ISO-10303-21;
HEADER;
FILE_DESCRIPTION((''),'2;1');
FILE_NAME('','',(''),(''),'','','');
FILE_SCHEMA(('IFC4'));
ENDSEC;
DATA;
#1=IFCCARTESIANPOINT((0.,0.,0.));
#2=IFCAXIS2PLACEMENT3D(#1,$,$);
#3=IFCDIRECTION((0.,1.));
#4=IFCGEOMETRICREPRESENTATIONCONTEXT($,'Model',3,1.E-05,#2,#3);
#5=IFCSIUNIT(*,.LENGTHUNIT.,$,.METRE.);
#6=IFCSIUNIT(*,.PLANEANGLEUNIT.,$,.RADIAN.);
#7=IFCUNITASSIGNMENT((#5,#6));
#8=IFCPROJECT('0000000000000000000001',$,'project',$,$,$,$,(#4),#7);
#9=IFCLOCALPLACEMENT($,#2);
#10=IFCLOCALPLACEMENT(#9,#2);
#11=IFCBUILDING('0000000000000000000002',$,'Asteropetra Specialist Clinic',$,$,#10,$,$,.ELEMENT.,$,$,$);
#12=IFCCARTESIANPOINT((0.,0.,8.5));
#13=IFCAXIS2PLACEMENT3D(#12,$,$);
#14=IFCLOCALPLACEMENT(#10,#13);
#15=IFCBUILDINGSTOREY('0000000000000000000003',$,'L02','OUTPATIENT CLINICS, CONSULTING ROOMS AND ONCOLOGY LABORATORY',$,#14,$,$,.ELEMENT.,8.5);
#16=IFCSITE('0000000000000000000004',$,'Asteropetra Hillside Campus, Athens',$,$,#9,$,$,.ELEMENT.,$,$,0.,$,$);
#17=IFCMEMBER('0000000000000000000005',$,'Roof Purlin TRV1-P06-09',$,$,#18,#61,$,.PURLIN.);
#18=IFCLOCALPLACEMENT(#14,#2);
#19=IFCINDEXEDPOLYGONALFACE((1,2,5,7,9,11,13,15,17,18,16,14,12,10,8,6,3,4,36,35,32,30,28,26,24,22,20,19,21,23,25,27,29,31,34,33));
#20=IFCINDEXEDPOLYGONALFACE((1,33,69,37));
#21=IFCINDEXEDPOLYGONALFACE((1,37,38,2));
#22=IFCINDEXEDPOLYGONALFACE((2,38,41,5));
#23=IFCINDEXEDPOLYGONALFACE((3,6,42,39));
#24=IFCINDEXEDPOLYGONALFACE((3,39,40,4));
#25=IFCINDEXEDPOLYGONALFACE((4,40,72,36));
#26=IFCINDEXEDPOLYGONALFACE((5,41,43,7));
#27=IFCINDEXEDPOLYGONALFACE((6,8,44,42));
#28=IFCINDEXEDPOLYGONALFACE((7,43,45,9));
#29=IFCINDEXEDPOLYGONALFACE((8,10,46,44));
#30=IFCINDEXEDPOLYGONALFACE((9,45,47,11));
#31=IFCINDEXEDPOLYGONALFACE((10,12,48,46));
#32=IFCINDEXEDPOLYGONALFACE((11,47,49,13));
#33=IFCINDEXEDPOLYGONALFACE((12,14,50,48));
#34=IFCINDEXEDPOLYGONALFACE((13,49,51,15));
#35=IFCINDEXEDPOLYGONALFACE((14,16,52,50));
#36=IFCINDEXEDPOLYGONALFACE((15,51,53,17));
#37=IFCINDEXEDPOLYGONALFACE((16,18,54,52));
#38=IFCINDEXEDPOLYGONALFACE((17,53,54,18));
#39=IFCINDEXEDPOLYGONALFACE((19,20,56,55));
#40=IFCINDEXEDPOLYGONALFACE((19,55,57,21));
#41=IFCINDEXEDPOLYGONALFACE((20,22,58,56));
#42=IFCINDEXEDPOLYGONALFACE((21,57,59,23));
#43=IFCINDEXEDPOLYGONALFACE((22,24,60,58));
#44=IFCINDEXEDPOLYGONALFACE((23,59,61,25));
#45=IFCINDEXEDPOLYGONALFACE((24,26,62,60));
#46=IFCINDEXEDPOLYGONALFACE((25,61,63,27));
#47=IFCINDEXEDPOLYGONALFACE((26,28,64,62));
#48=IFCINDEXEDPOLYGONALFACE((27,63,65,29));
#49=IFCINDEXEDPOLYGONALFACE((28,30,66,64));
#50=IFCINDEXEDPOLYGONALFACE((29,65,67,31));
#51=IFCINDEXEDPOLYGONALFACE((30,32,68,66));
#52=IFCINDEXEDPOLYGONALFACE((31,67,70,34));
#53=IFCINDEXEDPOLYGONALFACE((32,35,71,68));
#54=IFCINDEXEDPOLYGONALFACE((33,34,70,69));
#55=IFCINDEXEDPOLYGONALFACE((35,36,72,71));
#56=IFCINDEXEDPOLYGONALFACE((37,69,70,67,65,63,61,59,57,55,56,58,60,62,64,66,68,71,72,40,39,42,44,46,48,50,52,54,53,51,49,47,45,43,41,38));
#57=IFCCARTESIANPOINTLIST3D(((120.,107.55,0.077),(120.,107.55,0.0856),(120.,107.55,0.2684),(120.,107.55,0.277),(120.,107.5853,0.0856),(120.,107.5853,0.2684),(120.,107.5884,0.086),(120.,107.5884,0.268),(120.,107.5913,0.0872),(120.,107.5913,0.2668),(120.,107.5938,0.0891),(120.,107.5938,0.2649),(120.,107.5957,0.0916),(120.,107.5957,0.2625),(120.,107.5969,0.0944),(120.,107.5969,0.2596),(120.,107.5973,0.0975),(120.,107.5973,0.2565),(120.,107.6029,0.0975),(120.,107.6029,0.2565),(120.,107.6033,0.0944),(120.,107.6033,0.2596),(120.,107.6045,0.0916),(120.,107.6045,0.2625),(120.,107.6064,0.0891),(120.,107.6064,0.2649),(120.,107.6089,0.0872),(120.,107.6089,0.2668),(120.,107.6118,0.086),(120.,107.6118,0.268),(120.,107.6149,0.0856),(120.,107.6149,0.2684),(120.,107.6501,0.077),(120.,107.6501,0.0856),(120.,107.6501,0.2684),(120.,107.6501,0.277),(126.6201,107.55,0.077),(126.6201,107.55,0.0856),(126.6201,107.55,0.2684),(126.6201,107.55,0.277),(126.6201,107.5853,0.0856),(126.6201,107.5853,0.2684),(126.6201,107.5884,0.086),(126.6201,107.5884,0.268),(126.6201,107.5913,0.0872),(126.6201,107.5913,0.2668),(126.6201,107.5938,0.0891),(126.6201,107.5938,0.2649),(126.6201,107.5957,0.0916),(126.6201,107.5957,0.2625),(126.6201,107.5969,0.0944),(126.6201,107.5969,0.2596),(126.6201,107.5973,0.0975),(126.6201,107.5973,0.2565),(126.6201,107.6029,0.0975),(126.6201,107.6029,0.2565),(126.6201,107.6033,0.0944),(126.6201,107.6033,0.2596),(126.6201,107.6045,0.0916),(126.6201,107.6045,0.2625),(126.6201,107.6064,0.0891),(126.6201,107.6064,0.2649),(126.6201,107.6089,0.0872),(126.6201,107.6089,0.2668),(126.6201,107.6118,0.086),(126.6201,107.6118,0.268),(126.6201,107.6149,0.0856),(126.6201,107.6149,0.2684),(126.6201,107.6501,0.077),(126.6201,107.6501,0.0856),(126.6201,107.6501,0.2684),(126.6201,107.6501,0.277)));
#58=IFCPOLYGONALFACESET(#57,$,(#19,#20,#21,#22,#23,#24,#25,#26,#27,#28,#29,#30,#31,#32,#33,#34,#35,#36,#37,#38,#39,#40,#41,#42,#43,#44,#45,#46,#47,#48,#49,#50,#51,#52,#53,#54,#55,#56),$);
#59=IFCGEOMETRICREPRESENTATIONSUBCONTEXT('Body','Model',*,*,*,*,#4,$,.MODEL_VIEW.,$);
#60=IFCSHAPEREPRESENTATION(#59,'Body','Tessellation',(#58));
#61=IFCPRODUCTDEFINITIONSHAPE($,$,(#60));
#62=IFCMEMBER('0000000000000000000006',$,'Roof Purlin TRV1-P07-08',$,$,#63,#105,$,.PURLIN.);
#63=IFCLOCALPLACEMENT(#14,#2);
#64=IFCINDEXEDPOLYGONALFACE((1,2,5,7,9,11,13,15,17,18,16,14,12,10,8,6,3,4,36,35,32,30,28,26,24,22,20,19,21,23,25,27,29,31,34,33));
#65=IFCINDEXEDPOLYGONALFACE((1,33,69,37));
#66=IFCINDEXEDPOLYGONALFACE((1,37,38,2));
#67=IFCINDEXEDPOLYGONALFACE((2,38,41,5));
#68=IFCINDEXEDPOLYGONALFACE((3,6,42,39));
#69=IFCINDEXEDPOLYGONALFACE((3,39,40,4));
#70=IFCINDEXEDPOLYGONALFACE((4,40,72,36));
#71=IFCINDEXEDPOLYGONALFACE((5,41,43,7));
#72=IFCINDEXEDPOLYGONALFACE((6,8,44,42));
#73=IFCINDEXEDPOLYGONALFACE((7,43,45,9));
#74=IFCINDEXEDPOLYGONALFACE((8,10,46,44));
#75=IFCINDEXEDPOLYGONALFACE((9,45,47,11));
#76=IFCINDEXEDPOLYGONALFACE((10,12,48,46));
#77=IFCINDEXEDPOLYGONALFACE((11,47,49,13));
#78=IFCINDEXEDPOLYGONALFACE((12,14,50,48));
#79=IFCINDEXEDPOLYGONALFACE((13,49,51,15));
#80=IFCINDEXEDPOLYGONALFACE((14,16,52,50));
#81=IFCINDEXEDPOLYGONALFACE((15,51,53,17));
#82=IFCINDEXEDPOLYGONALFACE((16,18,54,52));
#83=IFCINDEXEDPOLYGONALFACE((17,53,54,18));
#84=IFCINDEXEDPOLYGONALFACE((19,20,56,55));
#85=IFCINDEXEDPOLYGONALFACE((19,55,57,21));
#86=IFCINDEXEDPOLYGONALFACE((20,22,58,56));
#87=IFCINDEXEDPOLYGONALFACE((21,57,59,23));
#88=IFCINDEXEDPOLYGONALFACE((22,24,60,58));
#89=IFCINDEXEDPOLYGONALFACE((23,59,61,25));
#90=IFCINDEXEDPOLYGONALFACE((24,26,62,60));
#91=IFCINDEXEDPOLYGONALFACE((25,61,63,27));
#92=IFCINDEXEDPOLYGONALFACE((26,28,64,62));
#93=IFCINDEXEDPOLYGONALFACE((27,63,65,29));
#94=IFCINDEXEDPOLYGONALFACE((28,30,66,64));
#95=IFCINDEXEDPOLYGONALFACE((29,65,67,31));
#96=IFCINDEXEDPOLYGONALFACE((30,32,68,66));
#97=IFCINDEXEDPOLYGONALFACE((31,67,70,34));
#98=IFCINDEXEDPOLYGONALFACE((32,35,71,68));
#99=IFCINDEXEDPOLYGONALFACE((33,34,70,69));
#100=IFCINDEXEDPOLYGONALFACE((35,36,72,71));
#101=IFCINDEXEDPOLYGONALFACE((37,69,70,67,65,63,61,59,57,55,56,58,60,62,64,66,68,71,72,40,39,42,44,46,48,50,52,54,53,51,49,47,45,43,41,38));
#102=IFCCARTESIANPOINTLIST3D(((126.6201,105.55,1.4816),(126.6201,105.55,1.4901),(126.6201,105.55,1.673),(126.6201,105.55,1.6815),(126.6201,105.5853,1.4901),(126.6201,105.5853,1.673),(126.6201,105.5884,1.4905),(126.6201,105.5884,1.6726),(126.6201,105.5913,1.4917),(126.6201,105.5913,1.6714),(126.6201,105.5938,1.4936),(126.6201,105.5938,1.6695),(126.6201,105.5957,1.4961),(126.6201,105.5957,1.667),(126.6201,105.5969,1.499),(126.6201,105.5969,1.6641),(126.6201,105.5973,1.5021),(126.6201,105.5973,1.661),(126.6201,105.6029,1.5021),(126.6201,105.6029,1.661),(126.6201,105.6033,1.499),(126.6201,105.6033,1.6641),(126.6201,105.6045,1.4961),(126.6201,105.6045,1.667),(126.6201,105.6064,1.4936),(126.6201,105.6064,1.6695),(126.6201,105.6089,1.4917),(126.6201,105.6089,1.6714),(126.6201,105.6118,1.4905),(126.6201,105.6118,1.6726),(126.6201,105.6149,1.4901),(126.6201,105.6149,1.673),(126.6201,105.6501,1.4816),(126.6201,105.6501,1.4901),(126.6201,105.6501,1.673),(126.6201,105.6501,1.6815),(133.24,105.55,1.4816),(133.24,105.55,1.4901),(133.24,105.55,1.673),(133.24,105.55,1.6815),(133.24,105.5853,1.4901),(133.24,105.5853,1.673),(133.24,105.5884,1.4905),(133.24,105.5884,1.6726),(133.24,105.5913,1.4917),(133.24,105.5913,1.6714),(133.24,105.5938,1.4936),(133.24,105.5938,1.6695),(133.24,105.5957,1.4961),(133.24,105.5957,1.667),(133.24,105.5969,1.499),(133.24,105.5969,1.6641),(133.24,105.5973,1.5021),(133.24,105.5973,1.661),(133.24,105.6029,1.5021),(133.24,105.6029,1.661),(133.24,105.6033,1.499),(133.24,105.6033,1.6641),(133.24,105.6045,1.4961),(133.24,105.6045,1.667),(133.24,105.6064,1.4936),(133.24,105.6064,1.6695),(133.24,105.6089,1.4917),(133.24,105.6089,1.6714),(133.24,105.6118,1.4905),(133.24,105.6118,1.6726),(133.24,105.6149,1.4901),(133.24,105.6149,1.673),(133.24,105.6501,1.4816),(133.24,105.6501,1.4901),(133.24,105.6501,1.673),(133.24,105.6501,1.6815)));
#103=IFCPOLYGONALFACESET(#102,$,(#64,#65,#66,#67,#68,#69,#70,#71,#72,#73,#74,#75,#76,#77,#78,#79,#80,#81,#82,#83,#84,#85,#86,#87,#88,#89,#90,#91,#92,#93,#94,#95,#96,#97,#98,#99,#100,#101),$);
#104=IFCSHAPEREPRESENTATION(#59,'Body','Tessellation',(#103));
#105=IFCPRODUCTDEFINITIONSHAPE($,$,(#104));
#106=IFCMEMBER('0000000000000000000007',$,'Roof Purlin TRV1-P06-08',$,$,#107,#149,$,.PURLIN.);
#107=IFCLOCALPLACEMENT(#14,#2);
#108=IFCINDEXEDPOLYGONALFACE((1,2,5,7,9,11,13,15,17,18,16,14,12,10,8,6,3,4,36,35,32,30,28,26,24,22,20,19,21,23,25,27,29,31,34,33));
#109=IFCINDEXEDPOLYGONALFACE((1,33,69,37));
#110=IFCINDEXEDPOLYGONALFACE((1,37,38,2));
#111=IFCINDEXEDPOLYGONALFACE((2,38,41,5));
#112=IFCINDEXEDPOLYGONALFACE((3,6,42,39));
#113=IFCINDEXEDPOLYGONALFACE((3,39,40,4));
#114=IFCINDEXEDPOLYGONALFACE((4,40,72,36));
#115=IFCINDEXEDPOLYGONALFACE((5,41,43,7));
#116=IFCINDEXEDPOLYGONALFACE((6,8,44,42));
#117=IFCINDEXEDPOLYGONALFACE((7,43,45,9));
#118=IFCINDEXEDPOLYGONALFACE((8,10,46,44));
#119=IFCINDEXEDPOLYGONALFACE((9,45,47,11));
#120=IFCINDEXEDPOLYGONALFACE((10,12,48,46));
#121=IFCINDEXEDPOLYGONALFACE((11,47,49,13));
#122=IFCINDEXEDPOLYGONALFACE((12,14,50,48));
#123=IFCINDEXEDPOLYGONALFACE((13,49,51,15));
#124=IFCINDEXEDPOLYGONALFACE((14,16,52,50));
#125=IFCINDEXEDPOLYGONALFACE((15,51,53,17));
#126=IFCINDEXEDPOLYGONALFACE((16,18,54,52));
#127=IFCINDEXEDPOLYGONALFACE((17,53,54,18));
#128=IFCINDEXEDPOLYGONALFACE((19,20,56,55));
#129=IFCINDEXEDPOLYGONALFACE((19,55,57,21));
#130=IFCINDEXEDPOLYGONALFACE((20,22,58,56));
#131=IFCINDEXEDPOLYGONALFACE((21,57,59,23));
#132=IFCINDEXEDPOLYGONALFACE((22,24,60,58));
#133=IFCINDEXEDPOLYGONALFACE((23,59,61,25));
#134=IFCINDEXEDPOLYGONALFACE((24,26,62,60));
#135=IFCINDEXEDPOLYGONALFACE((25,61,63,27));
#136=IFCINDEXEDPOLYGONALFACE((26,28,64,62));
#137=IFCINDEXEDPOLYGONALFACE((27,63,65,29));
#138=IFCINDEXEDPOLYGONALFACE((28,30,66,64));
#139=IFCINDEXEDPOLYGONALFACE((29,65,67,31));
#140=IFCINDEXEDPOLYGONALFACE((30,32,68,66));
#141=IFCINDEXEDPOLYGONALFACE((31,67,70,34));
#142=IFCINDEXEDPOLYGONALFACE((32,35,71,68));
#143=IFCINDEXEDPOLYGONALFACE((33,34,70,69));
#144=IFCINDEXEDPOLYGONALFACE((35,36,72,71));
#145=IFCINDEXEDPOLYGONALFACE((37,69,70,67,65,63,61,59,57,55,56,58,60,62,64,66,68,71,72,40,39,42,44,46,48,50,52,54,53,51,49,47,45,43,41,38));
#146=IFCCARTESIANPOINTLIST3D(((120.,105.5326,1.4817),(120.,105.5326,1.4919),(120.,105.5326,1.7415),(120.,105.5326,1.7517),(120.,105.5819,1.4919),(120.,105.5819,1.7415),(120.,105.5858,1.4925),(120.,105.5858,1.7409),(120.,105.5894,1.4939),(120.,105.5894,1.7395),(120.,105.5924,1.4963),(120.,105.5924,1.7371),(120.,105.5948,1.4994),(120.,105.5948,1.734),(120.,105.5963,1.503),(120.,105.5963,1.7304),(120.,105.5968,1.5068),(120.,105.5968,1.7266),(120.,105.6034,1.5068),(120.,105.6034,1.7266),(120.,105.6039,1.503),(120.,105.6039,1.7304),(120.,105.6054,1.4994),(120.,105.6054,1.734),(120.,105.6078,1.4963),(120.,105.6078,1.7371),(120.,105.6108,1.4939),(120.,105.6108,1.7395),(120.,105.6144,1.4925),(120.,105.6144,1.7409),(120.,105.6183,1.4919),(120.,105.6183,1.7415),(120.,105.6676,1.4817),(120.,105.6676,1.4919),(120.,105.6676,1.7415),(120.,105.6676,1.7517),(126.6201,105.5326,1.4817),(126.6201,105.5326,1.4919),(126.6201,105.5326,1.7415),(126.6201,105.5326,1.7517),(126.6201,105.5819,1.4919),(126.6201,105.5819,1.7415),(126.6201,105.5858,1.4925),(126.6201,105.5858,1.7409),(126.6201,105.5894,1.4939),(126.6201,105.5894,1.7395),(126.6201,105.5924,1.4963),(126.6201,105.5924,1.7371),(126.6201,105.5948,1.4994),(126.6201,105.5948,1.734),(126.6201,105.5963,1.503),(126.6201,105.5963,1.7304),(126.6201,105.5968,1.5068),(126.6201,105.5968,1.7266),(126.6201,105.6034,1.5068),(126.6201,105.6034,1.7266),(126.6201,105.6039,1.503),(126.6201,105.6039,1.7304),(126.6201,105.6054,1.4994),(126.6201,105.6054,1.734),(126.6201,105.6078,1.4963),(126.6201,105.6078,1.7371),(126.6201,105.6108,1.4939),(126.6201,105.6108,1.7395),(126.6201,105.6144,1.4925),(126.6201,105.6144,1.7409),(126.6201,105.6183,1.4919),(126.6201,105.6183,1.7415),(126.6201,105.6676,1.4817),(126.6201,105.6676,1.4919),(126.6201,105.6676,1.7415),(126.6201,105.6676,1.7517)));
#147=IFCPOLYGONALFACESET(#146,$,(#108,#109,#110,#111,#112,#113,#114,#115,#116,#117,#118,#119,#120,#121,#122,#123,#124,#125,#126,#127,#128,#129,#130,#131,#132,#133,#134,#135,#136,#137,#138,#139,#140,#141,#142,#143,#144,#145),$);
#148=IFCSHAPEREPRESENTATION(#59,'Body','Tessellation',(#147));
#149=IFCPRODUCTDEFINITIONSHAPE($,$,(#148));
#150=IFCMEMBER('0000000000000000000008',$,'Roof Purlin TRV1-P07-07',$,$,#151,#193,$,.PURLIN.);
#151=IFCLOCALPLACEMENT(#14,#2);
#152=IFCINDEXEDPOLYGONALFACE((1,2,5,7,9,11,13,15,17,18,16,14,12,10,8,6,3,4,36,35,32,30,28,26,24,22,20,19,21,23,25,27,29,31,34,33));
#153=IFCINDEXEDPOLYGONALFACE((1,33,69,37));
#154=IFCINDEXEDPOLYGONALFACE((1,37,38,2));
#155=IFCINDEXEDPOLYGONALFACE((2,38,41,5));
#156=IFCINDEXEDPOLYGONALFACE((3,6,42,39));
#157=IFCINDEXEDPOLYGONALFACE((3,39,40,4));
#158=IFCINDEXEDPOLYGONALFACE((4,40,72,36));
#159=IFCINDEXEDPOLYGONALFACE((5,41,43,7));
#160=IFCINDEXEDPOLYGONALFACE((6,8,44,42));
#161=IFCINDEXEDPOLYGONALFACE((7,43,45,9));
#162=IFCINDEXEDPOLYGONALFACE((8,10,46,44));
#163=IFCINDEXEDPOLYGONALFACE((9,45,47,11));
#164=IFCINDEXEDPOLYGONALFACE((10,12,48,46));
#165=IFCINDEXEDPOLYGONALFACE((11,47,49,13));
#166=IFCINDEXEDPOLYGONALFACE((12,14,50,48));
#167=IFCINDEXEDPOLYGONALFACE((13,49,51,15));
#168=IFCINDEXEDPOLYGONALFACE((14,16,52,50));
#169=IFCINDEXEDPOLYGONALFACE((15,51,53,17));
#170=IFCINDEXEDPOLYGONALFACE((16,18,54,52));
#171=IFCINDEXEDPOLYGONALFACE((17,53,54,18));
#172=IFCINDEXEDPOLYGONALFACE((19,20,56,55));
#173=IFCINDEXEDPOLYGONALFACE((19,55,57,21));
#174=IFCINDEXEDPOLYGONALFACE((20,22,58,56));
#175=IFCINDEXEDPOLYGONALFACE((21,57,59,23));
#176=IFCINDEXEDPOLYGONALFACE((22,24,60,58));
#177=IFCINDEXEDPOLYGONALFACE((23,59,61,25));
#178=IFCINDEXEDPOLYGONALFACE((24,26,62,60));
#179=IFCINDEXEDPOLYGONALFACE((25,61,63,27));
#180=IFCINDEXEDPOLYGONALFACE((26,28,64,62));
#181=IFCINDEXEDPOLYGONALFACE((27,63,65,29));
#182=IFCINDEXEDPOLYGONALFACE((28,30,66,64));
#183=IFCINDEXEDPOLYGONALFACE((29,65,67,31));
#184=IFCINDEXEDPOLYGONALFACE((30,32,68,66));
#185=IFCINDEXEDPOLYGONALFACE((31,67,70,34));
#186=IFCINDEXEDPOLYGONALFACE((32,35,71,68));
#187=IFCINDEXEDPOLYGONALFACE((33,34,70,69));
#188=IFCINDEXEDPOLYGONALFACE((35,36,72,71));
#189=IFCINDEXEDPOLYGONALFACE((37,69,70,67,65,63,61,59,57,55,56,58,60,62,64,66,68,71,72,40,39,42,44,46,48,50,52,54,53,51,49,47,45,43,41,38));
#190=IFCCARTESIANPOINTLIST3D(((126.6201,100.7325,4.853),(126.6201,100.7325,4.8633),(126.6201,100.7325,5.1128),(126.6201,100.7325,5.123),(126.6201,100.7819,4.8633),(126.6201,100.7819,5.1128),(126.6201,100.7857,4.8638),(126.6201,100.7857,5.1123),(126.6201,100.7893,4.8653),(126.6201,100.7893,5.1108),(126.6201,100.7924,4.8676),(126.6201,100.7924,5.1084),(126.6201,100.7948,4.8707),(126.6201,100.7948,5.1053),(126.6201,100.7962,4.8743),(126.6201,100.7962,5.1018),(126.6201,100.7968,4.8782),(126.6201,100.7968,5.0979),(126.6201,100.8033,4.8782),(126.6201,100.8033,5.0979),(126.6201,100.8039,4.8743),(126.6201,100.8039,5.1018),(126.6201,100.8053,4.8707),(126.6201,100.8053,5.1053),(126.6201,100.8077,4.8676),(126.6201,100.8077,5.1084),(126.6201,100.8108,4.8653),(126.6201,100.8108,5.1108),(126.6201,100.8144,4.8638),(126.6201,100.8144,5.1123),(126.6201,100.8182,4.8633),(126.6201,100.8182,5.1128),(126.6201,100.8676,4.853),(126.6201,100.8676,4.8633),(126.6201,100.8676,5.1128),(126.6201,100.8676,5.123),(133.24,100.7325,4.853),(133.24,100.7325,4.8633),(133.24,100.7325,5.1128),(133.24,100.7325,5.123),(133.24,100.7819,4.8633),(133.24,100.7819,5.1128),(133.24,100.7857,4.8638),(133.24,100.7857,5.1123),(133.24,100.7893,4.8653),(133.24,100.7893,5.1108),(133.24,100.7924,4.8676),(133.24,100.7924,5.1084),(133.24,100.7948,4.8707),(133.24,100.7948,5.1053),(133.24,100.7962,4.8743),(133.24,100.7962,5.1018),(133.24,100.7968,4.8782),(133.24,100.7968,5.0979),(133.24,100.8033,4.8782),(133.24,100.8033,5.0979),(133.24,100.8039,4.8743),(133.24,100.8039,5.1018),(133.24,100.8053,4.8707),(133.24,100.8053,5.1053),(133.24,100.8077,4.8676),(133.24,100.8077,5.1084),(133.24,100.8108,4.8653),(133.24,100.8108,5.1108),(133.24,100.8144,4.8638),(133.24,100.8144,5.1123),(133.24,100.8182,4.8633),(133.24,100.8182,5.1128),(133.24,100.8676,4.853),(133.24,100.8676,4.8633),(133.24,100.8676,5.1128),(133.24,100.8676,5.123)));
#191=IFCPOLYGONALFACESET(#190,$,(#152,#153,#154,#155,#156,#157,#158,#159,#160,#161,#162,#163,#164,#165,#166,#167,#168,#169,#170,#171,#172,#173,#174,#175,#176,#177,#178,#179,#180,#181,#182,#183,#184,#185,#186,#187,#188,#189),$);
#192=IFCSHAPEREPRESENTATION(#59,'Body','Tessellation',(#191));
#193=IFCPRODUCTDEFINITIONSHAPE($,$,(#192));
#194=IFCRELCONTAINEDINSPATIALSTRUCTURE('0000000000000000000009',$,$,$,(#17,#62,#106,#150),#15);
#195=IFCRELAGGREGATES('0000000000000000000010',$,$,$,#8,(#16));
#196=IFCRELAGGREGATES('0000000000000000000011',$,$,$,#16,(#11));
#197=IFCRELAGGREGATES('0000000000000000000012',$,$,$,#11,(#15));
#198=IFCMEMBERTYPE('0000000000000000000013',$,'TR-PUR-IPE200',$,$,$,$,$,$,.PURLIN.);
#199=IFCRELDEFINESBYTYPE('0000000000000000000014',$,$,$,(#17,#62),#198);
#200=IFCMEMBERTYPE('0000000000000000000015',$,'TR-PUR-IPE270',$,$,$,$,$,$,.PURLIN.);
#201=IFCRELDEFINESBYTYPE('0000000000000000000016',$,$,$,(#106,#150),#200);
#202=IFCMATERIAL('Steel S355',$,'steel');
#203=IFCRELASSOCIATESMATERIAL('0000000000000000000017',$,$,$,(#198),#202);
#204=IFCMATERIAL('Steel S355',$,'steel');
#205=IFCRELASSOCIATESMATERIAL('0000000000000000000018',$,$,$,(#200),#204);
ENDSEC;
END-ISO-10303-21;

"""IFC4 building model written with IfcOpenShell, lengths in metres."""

from ifc_helpers import new_model, si_unit, direction, frame, origin, origin_2d, place, context, subcontext, project, spatial, i_section, extrude, material, material_profile, profile_set, type_object, element, save


model = new_model("IFC4")

# Units and contexts
model_context = context("Model", 3, precision=1e-05, world=origin(), true_north=direction((0.0, 1.0)))
body_context = subcontext(model_context, "Body", "Model", "MODEL_VIEW")
ifc_project = project(units=[si_unit("LENGTHUNIT", "METRE"), si_unit("PLANEANGLEUNIT", "RADIAN")], contexts=[model_context])

# Site, building, storey
site_placement = place(None, origin())
site = spatial("IfcSite", under=ifc_project, at=site_placement, Name="Asteropetra Hillside Campus, Athens", CompositionType="ELEMENT", RefElevation=0.0)
building_placement = place(site_placement, origin())
building = spatial("IfcBuilding", under=site, at=building_placement, Name="Asteropetra Specialist Clinic", CompositionType="ELEMENT")
storey_placement = place(building_placement, frame((0.0, 0.0, 8.5)))
storey = spatial("IfcBuildingStorey", under=building, at=storey_placement, Name="L02", Description="OUTPATIENT CLINICS, CONSULTING ROOMS AND ONCOLOGY LABORATORY", CompositionType="ELEMENT", Elevation=8.5)

# Members
ifc_material_1 = material(Name="Steel S355", Category="steel")
ifc_material_profile_1 = material_profile(ifc_material_1, i_section(OverallWidth=0.1001, OverallDepth=0.2, WebThickness=0.0056, FlangeThickness=0.0085, FilletRadius=0.012, at=origin_2d()), Name="IPE 200")
ifc_profile_set_1 = profile_set([ifc_material_profile_1], Name="Steel S355")
member_type_1 = type_object("IfcMemberType", Name="TR-PUR-IPE200", PredefinedType="PURLIN", material=ifc_profile_set_1)
member_1_placement = place(storey_placement, frame((120.0, 107.6001, 0.177), z_axis=(1.0, 0.0, 0.0), x_axis=(0.0, 1.0, 0.0)))
element("IfcMember", 1, at=member_1_placement, inside=storey, type_object=member_type_1, Name="Roof Purlin TRV1-P06-09", PredefinedType="PURLIN", context=body_context, shape_type="SweptSolid", body=[
    extrude(i_section(OverallWidth=0.1001, OverallDepth=0.2, WebThickness=0.0056, FlangeThickness=0.0085, FilletRadius=0.012, at=origin_2d()), origin(), (0.0, 0.0, 1.0), 6.6201),
])
member_2_placement = place(storey_placement, frame((126.6201, 105.6001, 1.5815), z_axis=(1.0, 0.0, 0.0), x_axis=(0.0, 1.0, 0.0)))
element("IfcMember", 2, at=member_2_placement, inside=storey, type_object=member_type_1, Name="Roof Purlin TRV1-P07-08", PredefinedType="PURLIN", context=body_context, shape_type="SweptSolid", body=[
    extrude(i_section(OverallWidth=0.1001, OverallDepth=0.2, WebThickness=0.0056, FlangeThickness=0.0085, FilletRadius=0.012, at=origin_2d()), origin(), (0.0, 0.0, 1.0), 6.6199),
])
ifc_material_2 = material(Name="Steel S355", Category="steel")
ifc_material_profile_2 = material_profile(ifc_material_2, i_section(OverallWidth=0.135, OverallDepth=0.27, WebThickness=0.0066, FlangeThickness=0.0103, FilletRadius=0.0149, at=origin_2d()), Name="IPE 270")
ifc_profile_set_2 = profile_set([ifc_material_profile_2], Name="Steel S355")
member_type_2 = type_object("IfcMemberType", Name="TR-PUR-IPE270", PredefinedType="PURLIN", material=ifc_profile_set_2)
member_3_placement = place(storey_placement, frame((120.0, 105.6001, 1.6167), z_axis=(1.0, 0.0, 0.0), x_axis=(0.0, 1.0, 0.0)))
element("IfcMember", 3, at=member_3_placement, inside=storey, type_object=member_type_2, Name="Roof Purlin TRV1-P06-08", PredefinedType="PURLIN", context=body_context, shape_type="SweptSolid", body=[
    extrude(i_section(OverallWidth=0.135, OverallDepth=0.27, WebThickness=0.0066, FlangeThickness=0.0103, FilletRadius=0.0149, at=origin_2d()), origin(), (0.0, 0.0, 1.0), 6.6201),
])
member_4_placement = place(storey_placement, frame((126.6201, 100.8, 4.988), z_axis=(1.0, 0.0, 0.0), x_axis=(0.0, 1.0, 0.0)))
element("IfcMember", 4, at=member_4_placement, inside=storey, type_object=member_type_2, Name="Roof Purlin TRV1-P07-07", PredefinedType="PURLIN", context=body_context, shape_type="SweptSolid", body=[
    extrude(i_section(OverallWidth=0.135, OverallDepth=0.27, WebThickness=0.0066, FlangeThickness=0.0103, FilletRadius=0.0149, at=origin_2d()), origin(), (0.0, 0.0, 1.0), 6.6199),
])

save(model, "model.ifc")
